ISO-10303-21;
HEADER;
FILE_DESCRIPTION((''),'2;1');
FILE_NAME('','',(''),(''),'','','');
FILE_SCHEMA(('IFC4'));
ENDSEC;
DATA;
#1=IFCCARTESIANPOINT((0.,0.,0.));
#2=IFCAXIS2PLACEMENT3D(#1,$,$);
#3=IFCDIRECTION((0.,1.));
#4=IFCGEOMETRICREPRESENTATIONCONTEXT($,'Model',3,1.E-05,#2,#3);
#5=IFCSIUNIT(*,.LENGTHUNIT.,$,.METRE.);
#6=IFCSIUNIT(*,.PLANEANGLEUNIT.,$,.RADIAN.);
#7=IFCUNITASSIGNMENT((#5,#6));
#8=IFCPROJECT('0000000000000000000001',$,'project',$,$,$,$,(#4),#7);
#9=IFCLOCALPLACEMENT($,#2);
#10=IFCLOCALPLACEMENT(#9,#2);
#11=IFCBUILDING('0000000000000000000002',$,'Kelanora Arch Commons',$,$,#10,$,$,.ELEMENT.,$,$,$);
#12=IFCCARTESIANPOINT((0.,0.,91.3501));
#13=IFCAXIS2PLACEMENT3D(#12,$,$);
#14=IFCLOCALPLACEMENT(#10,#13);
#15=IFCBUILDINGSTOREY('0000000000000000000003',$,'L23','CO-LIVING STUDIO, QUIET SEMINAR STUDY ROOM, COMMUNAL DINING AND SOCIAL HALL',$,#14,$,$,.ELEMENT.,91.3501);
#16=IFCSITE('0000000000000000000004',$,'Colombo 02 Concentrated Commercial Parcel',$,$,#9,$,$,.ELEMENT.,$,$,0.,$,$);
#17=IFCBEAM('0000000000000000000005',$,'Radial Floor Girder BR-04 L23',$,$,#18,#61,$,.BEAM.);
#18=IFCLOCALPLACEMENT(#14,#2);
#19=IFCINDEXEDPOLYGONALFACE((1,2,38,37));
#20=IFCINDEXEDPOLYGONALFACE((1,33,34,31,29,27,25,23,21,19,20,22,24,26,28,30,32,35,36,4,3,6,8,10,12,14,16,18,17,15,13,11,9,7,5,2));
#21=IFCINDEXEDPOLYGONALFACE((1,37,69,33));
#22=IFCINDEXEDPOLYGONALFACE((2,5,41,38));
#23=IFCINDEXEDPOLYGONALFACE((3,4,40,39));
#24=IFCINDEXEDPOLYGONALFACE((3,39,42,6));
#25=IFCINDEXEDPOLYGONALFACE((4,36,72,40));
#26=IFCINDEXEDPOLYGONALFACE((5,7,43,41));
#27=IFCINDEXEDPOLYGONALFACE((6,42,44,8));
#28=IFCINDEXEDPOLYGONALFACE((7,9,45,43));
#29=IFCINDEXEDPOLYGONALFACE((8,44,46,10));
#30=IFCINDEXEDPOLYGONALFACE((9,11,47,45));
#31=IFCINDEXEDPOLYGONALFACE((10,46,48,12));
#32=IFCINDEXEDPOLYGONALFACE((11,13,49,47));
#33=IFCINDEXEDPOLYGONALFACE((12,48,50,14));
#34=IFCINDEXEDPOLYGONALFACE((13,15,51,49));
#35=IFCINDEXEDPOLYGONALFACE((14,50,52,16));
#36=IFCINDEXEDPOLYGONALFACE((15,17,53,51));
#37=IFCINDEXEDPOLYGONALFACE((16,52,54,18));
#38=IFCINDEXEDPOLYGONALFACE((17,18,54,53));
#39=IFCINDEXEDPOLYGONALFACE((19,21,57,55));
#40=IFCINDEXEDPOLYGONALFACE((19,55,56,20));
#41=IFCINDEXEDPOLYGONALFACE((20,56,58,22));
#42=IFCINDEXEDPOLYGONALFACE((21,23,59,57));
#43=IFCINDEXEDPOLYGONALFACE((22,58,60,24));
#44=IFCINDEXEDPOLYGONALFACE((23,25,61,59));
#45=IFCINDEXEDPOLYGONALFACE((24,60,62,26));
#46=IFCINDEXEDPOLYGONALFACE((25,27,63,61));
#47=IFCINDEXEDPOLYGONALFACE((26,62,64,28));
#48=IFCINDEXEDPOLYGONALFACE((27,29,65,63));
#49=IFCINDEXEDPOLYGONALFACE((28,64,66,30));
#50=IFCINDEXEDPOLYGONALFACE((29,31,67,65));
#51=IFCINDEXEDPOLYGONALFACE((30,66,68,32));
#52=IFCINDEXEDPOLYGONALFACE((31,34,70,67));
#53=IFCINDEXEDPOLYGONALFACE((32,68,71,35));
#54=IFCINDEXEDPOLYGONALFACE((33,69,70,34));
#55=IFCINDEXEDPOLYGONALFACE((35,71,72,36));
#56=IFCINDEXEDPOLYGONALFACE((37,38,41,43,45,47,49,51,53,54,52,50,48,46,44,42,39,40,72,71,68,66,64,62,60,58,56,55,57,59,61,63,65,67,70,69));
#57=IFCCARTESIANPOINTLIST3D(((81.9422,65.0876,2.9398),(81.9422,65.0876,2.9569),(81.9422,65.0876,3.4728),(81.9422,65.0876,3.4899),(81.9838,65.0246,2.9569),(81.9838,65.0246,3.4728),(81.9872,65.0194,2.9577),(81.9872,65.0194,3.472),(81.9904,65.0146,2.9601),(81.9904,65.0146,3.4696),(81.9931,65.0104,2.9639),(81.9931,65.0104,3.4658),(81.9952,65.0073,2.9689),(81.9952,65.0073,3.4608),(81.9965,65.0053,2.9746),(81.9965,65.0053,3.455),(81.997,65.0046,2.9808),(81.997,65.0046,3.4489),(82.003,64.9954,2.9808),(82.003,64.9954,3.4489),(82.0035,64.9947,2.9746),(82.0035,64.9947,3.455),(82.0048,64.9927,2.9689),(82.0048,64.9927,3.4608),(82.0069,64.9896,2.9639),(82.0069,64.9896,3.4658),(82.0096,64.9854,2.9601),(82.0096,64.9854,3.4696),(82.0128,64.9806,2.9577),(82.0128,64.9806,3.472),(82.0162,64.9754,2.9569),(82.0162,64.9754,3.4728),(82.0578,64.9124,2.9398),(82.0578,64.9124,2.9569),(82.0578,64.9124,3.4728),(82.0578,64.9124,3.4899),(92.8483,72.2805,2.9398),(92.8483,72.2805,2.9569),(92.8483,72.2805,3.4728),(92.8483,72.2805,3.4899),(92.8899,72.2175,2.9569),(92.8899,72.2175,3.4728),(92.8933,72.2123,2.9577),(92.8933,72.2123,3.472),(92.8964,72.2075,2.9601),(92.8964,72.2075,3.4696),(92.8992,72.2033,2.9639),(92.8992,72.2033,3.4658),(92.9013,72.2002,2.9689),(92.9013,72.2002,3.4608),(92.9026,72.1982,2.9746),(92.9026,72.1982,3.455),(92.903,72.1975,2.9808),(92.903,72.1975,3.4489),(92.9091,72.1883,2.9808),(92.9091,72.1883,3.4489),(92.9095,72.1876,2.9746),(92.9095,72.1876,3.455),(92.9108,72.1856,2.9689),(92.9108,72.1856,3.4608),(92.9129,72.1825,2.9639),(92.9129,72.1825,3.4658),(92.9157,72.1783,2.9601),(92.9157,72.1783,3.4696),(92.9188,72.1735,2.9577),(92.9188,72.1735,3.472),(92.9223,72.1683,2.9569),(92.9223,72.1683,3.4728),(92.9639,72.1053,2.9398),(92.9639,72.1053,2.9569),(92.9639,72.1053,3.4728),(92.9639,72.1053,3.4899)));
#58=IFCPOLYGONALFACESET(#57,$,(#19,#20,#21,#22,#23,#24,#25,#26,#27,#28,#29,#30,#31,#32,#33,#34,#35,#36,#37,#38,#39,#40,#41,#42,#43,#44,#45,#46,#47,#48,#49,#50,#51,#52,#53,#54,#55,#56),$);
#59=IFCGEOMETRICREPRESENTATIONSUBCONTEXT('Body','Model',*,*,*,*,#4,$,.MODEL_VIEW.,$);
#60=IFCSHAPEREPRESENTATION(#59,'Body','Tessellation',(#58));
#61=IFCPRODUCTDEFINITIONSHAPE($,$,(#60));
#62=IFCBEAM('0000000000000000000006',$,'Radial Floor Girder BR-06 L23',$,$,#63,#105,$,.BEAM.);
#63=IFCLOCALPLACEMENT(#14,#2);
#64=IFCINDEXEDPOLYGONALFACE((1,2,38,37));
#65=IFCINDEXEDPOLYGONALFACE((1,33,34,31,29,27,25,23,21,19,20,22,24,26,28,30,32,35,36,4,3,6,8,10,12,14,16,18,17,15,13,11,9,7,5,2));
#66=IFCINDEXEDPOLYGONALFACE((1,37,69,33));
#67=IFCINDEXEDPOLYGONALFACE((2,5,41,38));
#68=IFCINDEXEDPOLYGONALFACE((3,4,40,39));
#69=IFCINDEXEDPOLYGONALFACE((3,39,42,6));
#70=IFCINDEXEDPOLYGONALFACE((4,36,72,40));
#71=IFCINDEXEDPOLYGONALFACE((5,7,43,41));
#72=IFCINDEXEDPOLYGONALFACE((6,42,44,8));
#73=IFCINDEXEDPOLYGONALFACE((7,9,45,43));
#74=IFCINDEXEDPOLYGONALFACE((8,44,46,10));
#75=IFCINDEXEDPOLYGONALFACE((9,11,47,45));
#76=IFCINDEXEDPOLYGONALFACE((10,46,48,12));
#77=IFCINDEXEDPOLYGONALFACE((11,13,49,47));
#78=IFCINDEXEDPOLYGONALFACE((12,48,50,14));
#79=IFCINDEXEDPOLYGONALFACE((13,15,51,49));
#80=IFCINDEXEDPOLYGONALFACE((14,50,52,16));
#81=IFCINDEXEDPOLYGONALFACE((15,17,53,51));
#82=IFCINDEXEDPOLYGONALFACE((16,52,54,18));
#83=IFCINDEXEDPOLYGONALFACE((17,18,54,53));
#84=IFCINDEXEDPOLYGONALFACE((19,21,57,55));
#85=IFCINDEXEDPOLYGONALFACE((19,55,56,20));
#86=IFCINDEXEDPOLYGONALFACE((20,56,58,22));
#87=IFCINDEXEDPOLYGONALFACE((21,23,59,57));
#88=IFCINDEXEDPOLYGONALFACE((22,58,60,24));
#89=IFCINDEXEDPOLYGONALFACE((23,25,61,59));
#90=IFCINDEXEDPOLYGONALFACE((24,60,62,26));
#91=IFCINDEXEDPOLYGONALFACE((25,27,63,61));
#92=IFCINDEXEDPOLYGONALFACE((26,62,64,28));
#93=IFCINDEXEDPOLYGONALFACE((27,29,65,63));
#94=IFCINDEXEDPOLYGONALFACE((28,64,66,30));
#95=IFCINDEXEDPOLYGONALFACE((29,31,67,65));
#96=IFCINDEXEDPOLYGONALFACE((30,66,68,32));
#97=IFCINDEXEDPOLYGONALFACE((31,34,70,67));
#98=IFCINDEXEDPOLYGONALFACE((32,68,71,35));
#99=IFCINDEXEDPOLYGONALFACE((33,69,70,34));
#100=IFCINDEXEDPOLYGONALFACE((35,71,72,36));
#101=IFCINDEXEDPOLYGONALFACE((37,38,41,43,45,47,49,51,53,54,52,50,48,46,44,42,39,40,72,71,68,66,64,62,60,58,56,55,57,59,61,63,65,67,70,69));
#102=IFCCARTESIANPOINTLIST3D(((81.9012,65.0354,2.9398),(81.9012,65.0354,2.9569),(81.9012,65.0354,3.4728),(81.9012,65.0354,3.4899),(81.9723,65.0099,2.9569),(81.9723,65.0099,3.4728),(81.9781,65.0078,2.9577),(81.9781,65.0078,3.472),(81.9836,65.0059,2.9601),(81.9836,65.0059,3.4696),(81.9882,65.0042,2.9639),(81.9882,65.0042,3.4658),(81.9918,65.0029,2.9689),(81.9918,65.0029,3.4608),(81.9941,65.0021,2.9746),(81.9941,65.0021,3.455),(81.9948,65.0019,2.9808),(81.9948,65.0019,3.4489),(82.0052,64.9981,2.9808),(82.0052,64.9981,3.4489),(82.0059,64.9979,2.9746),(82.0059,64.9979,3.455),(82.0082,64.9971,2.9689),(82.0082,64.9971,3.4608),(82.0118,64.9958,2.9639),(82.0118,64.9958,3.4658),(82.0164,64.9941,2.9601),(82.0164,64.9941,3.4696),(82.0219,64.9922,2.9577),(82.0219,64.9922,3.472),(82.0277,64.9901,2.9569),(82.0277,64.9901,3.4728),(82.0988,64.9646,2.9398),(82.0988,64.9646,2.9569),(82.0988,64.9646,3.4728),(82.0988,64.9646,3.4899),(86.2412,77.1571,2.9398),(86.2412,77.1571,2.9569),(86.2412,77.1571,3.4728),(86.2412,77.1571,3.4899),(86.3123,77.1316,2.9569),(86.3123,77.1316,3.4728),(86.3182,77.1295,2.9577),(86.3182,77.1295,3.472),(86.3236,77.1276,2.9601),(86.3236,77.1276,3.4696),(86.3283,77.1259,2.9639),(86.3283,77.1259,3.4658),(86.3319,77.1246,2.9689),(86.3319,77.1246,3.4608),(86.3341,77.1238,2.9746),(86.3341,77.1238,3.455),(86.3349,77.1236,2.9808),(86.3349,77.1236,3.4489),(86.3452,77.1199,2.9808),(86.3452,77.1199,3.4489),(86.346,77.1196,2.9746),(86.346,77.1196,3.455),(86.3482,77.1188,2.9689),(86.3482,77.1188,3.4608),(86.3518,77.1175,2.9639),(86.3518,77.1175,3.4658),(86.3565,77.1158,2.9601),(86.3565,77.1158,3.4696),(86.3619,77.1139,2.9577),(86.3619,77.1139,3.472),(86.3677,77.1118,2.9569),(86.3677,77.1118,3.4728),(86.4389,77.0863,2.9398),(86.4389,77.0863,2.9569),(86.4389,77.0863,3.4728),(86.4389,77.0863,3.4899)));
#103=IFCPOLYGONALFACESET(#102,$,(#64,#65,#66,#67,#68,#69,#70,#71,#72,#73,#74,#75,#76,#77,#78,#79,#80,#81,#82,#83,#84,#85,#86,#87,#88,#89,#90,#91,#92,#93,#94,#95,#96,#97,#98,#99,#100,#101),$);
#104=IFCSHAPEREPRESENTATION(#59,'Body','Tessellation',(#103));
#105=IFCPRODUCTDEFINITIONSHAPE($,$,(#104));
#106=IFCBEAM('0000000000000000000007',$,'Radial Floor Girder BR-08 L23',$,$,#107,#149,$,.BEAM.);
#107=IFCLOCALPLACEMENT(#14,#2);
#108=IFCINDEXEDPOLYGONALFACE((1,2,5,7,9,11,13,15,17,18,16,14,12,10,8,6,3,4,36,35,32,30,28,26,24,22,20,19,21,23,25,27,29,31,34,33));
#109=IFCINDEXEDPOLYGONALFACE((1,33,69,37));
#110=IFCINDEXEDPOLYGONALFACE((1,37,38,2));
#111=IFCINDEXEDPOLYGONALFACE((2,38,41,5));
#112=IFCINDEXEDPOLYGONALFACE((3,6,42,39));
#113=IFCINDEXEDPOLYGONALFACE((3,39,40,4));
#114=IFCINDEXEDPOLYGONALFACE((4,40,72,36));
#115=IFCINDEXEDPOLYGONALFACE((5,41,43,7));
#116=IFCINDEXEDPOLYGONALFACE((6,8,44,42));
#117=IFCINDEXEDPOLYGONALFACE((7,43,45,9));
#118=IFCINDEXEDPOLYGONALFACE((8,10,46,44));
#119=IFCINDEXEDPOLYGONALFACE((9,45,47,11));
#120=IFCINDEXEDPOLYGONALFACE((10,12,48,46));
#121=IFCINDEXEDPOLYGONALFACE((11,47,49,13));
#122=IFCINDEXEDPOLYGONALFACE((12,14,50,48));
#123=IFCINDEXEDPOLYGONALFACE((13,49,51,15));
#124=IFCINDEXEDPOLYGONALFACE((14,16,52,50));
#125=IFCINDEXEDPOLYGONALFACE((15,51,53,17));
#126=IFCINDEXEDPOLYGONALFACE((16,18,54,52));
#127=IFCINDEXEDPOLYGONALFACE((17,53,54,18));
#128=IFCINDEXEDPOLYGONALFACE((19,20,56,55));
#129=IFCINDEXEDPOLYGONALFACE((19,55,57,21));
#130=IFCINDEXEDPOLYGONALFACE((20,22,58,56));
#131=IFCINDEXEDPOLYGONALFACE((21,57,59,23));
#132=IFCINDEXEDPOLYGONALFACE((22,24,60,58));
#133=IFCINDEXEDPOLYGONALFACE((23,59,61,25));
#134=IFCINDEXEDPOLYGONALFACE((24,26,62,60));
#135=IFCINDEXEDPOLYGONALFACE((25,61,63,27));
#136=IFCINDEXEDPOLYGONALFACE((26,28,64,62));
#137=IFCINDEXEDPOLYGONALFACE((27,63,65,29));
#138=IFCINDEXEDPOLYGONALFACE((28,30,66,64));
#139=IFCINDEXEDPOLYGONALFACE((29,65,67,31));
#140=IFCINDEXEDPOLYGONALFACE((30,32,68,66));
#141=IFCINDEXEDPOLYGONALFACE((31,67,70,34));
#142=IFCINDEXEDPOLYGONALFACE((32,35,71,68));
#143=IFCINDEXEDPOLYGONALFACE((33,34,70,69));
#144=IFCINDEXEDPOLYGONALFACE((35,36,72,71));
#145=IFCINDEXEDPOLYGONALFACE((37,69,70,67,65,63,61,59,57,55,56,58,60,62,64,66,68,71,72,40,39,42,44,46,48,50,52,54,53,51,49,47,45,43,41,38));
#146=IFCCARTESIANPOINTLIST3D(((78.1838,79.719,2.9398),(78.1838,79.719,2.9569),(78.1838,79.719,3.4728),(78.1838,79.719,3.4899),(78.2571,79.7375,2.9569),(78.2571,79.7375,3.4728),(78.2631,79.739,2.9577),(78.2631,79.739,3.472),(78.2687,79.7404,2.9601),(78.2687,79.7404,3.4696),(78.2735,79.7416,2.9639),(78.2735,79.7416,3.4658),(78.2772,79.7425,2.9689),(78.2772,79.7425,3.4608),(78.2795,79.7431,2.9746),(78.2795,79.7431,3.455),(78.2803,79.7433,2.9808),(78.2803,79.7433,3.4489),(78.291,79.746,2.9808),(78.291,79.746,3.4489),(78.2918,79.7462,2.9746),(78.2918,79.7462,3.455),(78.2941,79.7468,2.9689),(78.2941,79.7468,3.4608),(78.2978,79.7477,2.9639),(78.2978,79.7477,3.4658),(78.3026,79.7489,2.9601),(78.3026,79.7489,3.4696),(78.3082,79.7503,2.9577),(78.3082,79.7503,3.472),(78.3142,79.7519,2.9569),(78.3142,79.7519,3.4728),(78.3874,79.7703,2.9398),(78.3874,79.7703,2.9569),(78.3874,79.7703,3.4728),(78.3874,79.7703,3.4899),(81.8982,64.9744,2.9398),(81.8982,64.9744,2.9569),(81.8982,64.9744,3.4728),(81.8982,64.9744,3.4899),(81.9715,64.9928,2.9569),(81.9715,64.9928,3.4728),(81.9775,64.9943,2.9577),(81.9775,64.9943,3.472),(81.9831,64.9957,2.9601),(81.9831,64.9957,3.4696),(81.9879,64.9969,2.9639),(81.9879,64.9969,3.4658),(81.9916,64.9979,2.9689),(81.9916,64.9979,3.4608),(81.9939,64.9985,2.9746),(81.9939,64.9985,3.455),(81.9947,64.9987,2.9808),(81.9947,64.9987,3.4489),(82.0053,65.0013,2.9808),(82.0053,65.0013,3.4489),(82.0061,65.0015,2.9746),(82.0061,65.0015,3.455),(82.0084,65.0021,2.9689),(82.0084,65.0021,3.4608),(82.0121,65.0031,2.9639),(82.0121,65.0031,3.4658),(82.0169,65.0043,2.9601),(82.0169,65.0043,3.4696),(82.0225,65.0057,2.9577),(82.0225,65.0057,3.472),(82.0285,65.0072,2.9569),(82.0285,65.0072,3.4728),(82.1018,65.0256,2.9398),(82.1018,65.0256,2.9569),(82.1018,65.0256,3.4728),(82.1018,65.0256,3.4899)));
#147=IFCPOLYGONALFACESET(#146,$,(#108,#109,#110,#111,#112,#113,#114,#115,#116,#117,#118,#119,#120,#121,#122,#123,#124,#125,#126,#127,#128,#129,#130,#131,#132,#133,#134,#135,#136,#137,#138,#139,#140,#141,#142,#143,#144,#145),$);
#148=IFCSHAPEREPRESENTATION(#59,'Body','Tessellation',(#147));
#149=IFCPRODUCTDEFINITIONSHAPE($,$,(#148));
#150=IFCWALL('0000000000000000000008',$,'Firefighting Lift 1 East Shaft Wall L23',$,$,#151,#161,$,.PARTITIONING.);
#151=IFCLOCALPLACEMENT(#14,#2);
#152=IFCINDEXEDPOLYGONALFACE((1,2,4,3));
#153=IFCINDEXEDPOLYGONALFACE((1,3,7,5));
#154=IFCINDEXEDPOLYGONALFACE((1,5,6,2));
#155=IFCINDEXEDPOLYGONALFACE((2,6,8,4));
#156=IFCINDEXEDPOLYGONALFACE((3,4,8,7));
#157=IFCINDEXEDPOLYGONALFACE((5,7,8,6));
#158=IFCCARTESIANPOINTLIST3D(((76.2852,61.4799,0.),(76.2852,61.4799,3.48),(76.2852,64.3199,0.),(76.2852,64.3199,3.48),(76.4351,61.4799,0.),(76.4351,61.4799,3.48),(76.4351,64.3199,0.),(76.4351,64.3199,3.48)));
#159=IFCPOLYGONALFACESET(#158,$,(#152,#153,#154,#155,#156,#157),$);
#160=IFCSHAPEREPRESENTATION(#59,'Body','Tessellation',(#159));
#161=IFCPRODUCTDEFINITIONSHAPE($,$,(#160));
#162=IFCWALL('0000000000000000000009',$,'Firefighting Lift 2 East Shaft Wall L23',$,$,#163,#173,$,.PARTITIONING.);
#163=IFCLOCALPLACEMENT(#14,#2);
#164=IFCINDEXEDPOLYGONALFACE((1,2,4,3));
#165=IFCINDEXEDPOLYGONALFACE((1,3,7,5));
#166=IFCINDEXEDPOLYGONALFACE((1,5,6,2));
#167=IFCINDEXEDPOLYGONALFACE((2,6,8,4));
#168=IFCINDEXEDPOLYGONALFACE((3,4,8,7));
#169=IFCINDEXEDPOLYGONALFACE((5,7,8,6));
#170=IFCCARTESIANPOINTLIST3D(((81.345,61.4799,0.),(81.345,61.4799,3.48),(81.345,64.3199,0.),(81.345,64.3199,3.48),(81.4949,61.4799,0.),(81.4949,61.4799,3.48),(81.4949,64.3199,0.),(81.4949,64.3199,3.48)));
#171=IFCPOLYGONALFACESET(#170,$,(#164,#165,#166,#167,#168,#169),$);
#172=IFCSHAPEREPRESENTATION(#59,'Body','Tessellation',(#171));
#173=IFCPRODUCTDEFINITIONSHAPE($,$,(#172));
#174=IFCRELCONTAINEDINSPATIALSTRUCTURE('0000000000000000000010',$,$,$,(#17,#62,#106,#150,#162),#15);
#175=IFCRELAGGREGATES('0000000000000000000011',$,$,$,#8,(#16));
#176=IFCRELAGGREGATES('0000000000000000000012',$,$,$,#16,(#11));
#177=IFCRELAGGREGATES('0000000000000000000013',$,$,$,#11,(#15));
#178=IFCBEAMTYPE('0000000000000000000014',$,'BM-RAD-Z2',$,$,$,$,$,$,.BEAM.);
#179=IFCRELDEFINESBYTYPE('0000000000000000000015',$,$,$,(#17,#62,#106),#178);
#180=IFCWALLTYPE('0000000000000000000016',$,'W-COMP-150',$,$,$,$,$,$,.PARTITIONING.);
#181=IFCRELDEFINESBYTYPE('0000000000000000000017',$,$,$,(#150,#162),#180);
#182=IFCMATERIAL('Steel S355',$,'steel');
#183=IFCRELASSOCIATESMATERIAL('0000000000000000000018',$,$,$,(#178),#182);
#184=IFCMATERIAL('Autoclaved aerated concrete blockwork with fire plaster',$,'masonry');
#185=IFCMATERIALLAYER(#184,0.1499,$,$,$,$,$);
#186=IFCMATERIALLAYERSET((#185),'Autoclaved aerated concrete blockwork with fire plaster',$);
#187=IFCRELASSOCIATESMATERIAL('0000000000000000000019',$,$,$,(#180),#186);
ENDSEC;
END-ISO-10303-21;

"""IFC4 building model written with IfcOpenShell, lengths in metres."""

from ifc_helpers import new_model, si_unit, direction, frame, frame_2d, origin, origin_2d, place, context, subcontext, project, spatial, rectangle, i_section, extrude, material, layer, layer_set, material_profile, profile_set, type_object, element, save


model = new_model("IFC4")

# Units and contexts
model_context = context("Model", 3, precision=1e-05, world=origin(), true_north=direction((0.0, 1.0)))
body_context = subcontext(model_context, "Body", "Model", "MODEL_VIEW")
ifc_project = project(units=[si_unit("LENGTHUNIT", "METRE"), si_unit("PLANEANGLEUNIT", "RADIAN")], contexts=[model_context])

# Site, building, storey
site_placement = place(None, origin())
site = spatial("IfcSite", under=ifc_project, at=site_placement, Name="Colombo 02 Concentrated Commercial Parcel", CompositionType="ELEMENT", RefElevation=0.0)
building_placement = place(site_placement, origin())
building = spatial("IfcBuilding", under=site, at=building_placement, Name="Kelanora Arch Commons", CompositionType="ELEMENT")
storey_placement = place(building_placement, frame((0.0, 0.0, 91.3501)))
storey = spatial("IfcBuildingStorey", under=building, at=storey_placement, Name="L23", Description="CO-LIVING STUDIO, QUIET SEMINAR STUDY ROOM, COMMUNAL DINING AND SOCIAL HALL", CompositionType="ELEMENT", Elevation=91.3501)

# Beams
ifc_material_1 = material(Name="Steel S355", Category="steel")
ifc_material_profile_1 = material_profile(ifc_material_1, i_section(OverallWidth=0.21, OverallDepth=0.55, WebThickness=0.011, FlangeThickness=0.0171, FilletRadius=0.0239, at=origin_2d()), Name="IPE550")
ifc_profile_set_1 = profile_set([ifc_material_profile_1], Name="Steel S355")
beam_type_1 = type_object("IfcBeamType", Name="BM-RAD-Z2", PredefinedType="BEAM", material=ifc_profile_set_1)
beam_1_placement = place(storey_placement, frame((82.0, 65.0, 3.2148), z_axis=(0.834789, 0.550571, 0.0), x_axis=(-0.550571, 0.834789, 0.0)))
element("IfcBeam", 1, at=beam_1_placement, inside=storey, type_object=beam_type_1, Name="Radial Floor Girder BR-04 L23", PredefinedType="BEAM", context=body_context, shape_type="SweptSolid", body=[
    extrude(i_section(OverallWidth=0.21, OverallDepth=0.55, WebThickness=0.011, FlangeThickness=0.0171, FilletRadius=0.0239, at=origin_2d()), origin(), (0.0, 0.0, 1.0), 13.0645),
])
beam_2_placement = place(storey_placement, frame((82.0, 65.0, 3.2148), z_axis=(0.337085, 0.941474, 0.0), x_axis=(-0.941474, 0.337085, 0.0)))
element("IfcBeam", 2, at=beam_2_placement, inside=storey, type_object=beam_type_1, Name="Radial Floor Girder BR-06 L23", PredefinedType="BEAM", context=body_context, shape_type="SweptSolid", body=[
    extrude(i_section(OverallWidth=0.21, OverallDepth=0.55, WebThickness=0.011, FlangeThickness=0.0171, FilletRadius=0.0239, at=origin_2d()), origin(), (0.0, 0.0, 1.0), 12.8752),
])
beam_3_placement = place(storey_placement, frame((82.0, 65.0, 3.2148), z_axis=(-0.244281, 0.969705, 0.0), x_axis=(-0.969705, -0.244281, 0.0)))
element("IfcBeam", 3, at=beam_3_placement, inside=storey, type_object=beam_type_1, Name="Radial Floor Girder BR-08 L23", PredefinedType="BEAM", context=body_context, shape_type="SweptSolid", body=[
    extrude(i_section(OverallWidth=0.21, OverallDepth=0.55, WebThickness=0.011, FlangeThickness=0.0171, FilletRadius=0.0239, at=origin_2d()), origin(), (0.0, 0.0, 1.0), 15.2053),
])

# Walls
ifc_material_2 = material(Name="Autoclaved aerated concrete blockwork with fire plaster", Category="masonry")
ifc_layer_1 = layer(ifc_material_2, 0.1499)
ifc_layer_set_1 = layer_set([ifc_layer_1], Name="Autoclaved aerated concrete blockwork with fire plaster")
wall_type_1 = type_object("IfcWallType", Name="W-COMP-150", PredefinedType="PARTITIONING", material=ifc_layer_set_1)
for number, where, z_axis, x_axis, name in (
    (4, (76.3601, 61.48, 0.0), (0.0, 0.0, 1.0), (0.0, 1.0, 0.0), "Firefighting Lift 1 East Shaft Wall L23"),
    (5, (81.4199, 61.48, 0.0), (0.0, 0.0, 1.0), (0.0, 1.0, 0.0), "Firefighting Lift 2 East Shaft Wall L23"),
):
    element("IfcWall", number, at=place(storey_placement, frame(where, z_axis=z_axis, x_axis=x_axis)), inside=storey, type_object=wall_type_1, Name=name, PredefinedType="PARTITIONING", context=body_context, shape_type="SweptSolid", body=[
        extrude(rectangle(XDim=2.8401, YDim=0.1499, at=frame_2d((1.4199, 0.0))), origin(), (0.0, 0.0, 1.0), 3.48),
    ])

save(model, "model.ifc")
